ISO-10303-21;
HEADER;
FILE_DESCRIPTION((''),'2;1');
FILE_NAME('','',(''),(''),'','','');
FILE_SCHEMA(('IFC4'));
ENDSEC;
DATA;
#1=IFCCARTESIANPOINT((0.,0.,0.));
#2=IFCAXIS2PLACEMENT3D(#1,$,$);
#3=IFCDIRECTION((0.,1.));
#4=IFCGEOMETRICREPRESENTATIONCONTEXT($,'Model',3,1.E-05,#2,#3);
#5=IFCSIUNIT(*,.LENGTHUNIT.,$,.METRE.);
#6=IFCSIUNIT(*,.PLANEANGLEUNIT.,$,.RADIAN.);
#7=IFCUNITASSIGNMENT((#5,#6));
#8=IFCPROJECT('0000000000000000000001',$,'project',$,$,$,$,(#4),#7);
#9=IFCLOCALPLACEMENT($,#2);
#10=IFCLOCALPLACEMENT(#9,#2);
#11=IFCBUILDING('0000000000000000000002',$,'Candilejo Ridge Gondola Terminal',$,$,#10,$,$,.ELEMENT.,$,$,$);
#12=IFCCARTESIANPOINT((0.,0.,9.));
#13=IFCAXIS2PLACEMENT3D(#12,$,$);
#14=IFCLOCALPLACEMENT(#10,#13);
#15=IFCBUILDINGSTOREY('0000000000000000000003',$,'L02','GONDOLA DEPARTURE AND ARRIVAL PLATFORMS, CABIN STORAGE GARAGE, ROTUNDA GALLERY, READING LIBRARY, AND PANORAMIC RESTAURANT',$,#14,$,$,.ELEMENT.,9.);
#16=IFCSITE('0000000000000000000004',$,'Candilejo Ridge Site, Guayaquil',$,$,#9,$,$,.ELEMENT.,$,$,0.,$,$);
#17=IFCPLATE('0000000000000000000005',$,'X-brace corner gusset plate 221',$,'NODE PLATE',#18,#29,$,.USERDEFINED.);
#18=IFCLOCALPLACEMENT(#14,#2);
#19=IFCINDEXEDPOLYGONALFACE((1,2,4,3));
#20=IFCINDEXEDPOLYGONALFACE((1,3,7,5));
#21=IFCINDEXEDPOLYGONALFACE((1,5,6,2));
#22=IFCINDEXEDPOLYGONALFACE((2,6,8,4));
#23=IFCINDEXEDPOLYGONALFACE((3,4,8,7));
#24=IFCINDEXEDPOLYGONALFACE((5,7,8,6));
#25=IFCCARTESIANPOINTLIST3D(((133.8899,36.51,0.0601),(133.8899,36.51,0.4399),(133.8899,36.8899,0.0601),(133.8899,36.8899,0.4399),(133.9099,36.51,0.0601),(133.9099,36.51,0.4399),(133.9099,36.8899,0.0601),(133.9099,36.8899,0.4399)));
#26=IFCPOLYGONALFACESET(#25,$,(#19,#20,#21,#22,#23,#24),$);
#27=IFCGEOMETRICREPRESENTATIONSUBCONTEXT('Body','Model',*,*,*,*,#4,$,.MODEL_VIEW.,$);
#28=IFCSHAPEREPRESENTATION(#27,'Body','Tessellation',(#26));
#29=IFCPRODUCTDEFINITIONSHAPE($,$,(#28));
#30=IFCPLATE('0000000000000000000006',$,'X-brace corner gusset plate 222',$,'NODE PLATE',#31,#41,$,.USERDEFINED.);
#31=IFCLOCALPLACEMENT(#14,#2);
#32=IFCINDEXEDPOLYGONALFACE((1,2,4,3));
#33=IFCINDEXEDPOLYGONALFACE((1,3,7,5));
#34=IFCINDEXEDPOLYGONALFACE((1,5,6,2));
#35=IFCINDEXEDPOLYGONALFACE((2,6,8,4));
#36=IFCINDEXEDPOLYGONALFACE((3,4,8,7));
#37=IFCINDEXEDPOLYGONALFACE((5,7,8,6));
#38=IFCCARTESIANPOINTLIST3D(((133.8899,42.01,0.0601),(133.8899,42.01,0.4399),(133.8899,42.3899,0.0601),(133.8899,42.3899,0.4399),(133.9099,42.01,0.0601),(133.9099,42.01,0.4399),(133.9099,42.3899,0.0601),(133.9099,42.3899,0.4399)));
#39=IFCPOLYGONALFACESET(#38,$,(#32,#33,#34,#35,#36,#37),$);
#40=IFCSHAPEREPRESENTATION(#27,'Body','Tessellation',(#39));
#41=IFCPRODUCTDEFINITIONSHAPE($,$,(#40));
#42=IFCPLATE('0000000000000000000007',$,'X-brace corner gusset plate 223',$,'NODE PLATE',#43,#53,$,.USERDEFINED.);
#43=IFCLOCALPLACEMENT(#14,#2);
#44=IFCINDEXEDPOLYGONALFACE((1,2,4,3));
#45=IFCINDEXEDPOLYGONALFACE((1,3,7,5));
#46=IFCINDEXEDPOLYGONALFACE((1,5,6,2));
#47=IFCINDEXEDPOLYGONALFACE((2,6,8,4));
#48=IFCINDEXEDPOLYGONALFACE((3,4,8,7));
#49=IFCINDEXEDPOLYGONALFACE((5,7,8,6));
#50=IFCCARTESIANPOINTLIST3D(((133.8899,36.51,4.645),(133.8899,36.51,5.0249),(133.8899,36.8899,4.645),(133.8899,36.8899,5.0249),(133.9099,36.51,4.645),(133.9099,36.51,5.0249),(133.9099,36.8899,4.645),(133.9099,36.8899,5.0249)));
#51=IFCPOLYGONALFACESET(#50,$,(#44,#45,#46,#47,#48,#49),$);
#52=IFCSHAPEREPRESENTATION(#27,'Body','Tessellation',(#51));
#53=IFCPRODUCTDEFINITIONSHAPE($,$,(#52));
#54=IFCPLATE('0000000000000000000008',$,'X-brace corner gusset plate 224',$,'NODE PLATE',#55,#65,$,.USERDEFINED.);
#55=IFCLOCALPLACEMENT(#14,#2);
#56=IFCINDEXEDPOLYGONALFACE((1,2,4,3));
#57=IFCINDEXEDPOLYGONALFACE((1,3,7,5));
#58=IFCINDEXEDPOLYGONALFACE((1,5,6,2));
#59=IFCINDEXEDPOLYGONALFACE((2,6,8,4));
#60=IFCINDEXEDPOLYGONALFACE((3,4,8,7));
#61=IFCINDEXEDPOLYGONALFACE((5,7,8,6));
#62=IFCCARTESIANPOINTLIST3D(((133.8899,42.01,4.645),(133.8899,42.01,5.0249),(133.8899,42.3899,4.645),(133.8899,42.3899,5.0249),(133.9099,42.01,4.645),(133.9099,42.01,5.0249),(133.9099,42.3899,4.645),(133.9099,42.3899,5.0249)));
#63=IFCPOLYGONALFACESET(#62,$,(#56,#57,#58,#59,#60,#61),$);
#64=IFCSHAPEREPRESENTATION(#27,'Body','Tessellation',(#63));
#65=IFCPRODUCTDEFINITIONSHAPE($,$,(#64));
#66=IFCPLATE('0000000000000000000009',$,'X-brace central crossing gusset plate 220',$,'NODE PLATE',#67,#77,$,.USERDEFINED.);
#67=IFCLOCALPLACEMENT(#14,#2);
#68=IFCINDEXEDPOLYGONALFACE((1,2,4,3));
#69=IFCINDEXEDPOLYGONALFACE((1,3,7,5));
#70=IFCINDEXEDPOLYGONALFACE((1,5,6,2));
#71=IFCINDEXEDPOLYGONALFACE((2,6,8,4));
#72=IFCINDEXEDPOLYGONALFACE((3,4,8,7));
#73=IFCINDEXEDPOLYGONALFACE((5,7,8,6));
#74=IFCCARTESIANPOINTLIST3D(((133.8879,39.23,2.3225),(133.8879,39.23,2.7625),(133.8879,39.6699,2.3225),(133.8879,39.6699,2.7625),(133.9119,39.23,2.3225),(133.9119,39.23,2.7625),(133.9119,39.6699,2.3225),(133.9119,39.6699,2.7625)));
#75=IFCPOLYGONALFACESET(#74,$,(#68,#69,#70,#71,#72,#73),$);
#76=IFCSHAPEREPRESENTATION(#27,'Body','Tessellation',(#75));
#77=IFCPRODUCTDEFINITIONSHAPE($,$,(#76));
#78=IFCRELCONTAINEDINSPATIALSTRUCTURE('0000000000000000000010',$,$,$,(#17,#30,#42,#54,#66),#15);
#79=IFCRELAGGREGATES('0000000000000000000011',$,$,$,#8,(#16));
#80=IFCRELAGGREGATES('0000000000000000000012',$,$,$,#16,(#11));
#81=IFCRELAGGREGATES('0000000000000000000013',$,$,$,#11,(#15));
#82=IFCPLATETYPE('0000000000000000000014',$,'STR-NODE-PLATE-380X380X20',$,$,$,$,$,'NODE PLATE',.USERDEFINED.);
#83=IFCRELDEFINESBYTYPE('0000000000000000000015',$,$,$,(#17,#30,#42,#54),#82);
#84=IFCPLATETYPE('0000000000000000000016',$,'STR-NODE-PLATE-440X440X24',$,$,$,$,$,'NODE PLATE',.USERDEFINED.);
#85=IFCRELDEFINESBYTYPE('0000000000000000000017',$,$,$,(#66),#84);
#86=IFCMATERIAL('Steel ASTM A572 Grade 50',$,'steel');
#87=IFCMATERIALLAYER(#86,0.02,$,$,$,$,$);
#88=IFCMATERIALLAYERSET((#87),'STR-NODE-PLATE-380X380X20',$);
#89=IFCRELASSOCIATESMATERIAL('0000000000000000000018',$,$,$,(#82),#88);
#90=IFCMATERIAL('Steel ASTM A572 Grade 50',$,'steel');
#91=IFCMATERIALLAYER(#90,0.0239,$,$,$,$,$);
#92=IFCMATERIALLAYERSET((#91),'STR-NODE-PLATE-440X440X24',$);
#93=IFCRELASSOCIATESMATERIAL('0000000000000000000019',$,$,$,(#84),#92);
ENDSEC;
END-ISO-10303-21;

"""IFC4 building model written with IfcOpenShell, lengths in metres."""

from ifc_helpers import new_model, si_unit, direction, frame, origin, origin_2d, place, context, subcontext, project, spatial, rectangle, extrude, material, layer, layer_set, type_object, element, save


model = new_model("IFC4")

# Units and contexts
model_context = context("Model", 3, precision=1e-05, world=origin(), true_north=direction((0.0, 1.0)))
body_context = subcontext(model_context, "Body", "Model", "MODEL_VIEW")
ifc_project = project(units=[si_unit("LENGTHUNIT", "METRE"), si_unit("PLANEANGLEUNIT", "RADIAN")], contexts=[model_context])

# Site, building, storey
site_placement = place(None, origin())
site = spatial("IfcSite", under=ifc_project, at=site_placement, Name="Candilejo Ridge Site, Guayaquil", CompositionType="ELEMENT", RefElevation=0.0)
building_placement = place(site_placement, origin())
building = spatial("IfcBuilding", under=site, at=building_placement, Name="Candilejo Ridge Gondola Terminal", CompositionType="ELEMENT")
storey_placement = place(building_placement, frame((0.0, 0.0, 9.0)))
storey = spatial("IfcBuildingStorey", under=building, at=storey_placement, Name="L02", Description="GONDOLA DEPARTURE AND ARRIVAL PLATFORMS, CABIN STORAGE GARAGE, ROTUNDA GALLERY, READING LIBRARY, AND PANORAMIC RESTAURANT", CompositionType="ELEMENT", Elevation=9.0)

# Plates
ifc_material_1 = material(Name="Steel ASTM A572 Grade 50", Category="steel")
ifc_layer_1 = layer(ifc_material_1, 0.02)
ifc_layer_set_1 = layer_set([ifc_layer_1], Name="STR-NODE-PLATE-380X380X20")
plate_type_1 = type_object("IfcPlateType", Name="STR-NODE-PLATE-380X380X20", ElementType="NODE PLATE", PredefinedType="USERDEFINED", material=ifc_layer_set_1)
for number, where, z_axis, x_axis, name in (
    (1, (133.8999, 36.7, 0.0601), (0.0, 0.0, 1.0), (1.0, 0.0, 0.0), "X-brace corner gusset plate 221"),
    (2, (133.8999, 42.2, 0.0601), (0.0, 0.0, 1.0), (1.0, 0.0, 0.0), "X-brace corner gusset plate 222"),
    (3, (133.8999, 36.7, 4.645), (0.0, 0.0, 1.0), (1.0, 0.0, 0.0), "X-brace corner gusset plate 223"),
    (4, (133.8999, 42.2, 4.645), (0.0, 0.0, 1.0), (1.0, 0.0, 0.0), "X-brace corner gusset plate 224"),
):
    element("IfcPlate", number, at=place(storey_placement, frame(where, z_axis=z_axis, x_axis=x_axis)), inside=storey, type_object=plate_type_1, Name=name, ObjectType="NODE PLATE", PredefinedType="USERDEFINED", context=body_context, shape_type="SweptSolid", body=[
        extrude(rectangle(XDim=0.02, YDim=0.3799, at=origin_2d()), origin(), (0.0, 0.0, 1.0), 0.3799),
    ])
ifc_material_2 = material(Name="Steel ASTM A572 Grade 50", Category="steel")
ifc_layer_2 = layer(ifc_material_2, 0.0239)
ifc_layer_set_2 = layer_set([ifc_layer_2], Name="STR-NODE-PLATE-440X440X24")
plate_type_2 = type_object("IfcPlateType", Name="STR-NODE-PLATE-440X440X24", ElementType="NODE PLATE", PredefinedType="USERDEFINED", material=ifc_layer_set_2)
plate_1_placement = place(storey_placement, frame((133.8999, 39.45, 2.3225), z_axis=(0.0, 0.0, 1.0), x_axis=(1.0, 0.0, 0.0)))
element("IfcPlate", 5, at=plate_1_placement, inside=storey, type_object=plate_type_2, Name="X-brace central crossing gusset plate 220", ObjectType="NODE PLATE", PredefinedType="USERDEFINED", context=body_context, shape_type="SweptSolid", body=[
    extrude(rectangle(XDim=0.0239, YDim=0.4399, at=origin_2d()), origin(), (0.0, 0.0, 1.0), 0.4399),
])

save(model, "model.ifc")
